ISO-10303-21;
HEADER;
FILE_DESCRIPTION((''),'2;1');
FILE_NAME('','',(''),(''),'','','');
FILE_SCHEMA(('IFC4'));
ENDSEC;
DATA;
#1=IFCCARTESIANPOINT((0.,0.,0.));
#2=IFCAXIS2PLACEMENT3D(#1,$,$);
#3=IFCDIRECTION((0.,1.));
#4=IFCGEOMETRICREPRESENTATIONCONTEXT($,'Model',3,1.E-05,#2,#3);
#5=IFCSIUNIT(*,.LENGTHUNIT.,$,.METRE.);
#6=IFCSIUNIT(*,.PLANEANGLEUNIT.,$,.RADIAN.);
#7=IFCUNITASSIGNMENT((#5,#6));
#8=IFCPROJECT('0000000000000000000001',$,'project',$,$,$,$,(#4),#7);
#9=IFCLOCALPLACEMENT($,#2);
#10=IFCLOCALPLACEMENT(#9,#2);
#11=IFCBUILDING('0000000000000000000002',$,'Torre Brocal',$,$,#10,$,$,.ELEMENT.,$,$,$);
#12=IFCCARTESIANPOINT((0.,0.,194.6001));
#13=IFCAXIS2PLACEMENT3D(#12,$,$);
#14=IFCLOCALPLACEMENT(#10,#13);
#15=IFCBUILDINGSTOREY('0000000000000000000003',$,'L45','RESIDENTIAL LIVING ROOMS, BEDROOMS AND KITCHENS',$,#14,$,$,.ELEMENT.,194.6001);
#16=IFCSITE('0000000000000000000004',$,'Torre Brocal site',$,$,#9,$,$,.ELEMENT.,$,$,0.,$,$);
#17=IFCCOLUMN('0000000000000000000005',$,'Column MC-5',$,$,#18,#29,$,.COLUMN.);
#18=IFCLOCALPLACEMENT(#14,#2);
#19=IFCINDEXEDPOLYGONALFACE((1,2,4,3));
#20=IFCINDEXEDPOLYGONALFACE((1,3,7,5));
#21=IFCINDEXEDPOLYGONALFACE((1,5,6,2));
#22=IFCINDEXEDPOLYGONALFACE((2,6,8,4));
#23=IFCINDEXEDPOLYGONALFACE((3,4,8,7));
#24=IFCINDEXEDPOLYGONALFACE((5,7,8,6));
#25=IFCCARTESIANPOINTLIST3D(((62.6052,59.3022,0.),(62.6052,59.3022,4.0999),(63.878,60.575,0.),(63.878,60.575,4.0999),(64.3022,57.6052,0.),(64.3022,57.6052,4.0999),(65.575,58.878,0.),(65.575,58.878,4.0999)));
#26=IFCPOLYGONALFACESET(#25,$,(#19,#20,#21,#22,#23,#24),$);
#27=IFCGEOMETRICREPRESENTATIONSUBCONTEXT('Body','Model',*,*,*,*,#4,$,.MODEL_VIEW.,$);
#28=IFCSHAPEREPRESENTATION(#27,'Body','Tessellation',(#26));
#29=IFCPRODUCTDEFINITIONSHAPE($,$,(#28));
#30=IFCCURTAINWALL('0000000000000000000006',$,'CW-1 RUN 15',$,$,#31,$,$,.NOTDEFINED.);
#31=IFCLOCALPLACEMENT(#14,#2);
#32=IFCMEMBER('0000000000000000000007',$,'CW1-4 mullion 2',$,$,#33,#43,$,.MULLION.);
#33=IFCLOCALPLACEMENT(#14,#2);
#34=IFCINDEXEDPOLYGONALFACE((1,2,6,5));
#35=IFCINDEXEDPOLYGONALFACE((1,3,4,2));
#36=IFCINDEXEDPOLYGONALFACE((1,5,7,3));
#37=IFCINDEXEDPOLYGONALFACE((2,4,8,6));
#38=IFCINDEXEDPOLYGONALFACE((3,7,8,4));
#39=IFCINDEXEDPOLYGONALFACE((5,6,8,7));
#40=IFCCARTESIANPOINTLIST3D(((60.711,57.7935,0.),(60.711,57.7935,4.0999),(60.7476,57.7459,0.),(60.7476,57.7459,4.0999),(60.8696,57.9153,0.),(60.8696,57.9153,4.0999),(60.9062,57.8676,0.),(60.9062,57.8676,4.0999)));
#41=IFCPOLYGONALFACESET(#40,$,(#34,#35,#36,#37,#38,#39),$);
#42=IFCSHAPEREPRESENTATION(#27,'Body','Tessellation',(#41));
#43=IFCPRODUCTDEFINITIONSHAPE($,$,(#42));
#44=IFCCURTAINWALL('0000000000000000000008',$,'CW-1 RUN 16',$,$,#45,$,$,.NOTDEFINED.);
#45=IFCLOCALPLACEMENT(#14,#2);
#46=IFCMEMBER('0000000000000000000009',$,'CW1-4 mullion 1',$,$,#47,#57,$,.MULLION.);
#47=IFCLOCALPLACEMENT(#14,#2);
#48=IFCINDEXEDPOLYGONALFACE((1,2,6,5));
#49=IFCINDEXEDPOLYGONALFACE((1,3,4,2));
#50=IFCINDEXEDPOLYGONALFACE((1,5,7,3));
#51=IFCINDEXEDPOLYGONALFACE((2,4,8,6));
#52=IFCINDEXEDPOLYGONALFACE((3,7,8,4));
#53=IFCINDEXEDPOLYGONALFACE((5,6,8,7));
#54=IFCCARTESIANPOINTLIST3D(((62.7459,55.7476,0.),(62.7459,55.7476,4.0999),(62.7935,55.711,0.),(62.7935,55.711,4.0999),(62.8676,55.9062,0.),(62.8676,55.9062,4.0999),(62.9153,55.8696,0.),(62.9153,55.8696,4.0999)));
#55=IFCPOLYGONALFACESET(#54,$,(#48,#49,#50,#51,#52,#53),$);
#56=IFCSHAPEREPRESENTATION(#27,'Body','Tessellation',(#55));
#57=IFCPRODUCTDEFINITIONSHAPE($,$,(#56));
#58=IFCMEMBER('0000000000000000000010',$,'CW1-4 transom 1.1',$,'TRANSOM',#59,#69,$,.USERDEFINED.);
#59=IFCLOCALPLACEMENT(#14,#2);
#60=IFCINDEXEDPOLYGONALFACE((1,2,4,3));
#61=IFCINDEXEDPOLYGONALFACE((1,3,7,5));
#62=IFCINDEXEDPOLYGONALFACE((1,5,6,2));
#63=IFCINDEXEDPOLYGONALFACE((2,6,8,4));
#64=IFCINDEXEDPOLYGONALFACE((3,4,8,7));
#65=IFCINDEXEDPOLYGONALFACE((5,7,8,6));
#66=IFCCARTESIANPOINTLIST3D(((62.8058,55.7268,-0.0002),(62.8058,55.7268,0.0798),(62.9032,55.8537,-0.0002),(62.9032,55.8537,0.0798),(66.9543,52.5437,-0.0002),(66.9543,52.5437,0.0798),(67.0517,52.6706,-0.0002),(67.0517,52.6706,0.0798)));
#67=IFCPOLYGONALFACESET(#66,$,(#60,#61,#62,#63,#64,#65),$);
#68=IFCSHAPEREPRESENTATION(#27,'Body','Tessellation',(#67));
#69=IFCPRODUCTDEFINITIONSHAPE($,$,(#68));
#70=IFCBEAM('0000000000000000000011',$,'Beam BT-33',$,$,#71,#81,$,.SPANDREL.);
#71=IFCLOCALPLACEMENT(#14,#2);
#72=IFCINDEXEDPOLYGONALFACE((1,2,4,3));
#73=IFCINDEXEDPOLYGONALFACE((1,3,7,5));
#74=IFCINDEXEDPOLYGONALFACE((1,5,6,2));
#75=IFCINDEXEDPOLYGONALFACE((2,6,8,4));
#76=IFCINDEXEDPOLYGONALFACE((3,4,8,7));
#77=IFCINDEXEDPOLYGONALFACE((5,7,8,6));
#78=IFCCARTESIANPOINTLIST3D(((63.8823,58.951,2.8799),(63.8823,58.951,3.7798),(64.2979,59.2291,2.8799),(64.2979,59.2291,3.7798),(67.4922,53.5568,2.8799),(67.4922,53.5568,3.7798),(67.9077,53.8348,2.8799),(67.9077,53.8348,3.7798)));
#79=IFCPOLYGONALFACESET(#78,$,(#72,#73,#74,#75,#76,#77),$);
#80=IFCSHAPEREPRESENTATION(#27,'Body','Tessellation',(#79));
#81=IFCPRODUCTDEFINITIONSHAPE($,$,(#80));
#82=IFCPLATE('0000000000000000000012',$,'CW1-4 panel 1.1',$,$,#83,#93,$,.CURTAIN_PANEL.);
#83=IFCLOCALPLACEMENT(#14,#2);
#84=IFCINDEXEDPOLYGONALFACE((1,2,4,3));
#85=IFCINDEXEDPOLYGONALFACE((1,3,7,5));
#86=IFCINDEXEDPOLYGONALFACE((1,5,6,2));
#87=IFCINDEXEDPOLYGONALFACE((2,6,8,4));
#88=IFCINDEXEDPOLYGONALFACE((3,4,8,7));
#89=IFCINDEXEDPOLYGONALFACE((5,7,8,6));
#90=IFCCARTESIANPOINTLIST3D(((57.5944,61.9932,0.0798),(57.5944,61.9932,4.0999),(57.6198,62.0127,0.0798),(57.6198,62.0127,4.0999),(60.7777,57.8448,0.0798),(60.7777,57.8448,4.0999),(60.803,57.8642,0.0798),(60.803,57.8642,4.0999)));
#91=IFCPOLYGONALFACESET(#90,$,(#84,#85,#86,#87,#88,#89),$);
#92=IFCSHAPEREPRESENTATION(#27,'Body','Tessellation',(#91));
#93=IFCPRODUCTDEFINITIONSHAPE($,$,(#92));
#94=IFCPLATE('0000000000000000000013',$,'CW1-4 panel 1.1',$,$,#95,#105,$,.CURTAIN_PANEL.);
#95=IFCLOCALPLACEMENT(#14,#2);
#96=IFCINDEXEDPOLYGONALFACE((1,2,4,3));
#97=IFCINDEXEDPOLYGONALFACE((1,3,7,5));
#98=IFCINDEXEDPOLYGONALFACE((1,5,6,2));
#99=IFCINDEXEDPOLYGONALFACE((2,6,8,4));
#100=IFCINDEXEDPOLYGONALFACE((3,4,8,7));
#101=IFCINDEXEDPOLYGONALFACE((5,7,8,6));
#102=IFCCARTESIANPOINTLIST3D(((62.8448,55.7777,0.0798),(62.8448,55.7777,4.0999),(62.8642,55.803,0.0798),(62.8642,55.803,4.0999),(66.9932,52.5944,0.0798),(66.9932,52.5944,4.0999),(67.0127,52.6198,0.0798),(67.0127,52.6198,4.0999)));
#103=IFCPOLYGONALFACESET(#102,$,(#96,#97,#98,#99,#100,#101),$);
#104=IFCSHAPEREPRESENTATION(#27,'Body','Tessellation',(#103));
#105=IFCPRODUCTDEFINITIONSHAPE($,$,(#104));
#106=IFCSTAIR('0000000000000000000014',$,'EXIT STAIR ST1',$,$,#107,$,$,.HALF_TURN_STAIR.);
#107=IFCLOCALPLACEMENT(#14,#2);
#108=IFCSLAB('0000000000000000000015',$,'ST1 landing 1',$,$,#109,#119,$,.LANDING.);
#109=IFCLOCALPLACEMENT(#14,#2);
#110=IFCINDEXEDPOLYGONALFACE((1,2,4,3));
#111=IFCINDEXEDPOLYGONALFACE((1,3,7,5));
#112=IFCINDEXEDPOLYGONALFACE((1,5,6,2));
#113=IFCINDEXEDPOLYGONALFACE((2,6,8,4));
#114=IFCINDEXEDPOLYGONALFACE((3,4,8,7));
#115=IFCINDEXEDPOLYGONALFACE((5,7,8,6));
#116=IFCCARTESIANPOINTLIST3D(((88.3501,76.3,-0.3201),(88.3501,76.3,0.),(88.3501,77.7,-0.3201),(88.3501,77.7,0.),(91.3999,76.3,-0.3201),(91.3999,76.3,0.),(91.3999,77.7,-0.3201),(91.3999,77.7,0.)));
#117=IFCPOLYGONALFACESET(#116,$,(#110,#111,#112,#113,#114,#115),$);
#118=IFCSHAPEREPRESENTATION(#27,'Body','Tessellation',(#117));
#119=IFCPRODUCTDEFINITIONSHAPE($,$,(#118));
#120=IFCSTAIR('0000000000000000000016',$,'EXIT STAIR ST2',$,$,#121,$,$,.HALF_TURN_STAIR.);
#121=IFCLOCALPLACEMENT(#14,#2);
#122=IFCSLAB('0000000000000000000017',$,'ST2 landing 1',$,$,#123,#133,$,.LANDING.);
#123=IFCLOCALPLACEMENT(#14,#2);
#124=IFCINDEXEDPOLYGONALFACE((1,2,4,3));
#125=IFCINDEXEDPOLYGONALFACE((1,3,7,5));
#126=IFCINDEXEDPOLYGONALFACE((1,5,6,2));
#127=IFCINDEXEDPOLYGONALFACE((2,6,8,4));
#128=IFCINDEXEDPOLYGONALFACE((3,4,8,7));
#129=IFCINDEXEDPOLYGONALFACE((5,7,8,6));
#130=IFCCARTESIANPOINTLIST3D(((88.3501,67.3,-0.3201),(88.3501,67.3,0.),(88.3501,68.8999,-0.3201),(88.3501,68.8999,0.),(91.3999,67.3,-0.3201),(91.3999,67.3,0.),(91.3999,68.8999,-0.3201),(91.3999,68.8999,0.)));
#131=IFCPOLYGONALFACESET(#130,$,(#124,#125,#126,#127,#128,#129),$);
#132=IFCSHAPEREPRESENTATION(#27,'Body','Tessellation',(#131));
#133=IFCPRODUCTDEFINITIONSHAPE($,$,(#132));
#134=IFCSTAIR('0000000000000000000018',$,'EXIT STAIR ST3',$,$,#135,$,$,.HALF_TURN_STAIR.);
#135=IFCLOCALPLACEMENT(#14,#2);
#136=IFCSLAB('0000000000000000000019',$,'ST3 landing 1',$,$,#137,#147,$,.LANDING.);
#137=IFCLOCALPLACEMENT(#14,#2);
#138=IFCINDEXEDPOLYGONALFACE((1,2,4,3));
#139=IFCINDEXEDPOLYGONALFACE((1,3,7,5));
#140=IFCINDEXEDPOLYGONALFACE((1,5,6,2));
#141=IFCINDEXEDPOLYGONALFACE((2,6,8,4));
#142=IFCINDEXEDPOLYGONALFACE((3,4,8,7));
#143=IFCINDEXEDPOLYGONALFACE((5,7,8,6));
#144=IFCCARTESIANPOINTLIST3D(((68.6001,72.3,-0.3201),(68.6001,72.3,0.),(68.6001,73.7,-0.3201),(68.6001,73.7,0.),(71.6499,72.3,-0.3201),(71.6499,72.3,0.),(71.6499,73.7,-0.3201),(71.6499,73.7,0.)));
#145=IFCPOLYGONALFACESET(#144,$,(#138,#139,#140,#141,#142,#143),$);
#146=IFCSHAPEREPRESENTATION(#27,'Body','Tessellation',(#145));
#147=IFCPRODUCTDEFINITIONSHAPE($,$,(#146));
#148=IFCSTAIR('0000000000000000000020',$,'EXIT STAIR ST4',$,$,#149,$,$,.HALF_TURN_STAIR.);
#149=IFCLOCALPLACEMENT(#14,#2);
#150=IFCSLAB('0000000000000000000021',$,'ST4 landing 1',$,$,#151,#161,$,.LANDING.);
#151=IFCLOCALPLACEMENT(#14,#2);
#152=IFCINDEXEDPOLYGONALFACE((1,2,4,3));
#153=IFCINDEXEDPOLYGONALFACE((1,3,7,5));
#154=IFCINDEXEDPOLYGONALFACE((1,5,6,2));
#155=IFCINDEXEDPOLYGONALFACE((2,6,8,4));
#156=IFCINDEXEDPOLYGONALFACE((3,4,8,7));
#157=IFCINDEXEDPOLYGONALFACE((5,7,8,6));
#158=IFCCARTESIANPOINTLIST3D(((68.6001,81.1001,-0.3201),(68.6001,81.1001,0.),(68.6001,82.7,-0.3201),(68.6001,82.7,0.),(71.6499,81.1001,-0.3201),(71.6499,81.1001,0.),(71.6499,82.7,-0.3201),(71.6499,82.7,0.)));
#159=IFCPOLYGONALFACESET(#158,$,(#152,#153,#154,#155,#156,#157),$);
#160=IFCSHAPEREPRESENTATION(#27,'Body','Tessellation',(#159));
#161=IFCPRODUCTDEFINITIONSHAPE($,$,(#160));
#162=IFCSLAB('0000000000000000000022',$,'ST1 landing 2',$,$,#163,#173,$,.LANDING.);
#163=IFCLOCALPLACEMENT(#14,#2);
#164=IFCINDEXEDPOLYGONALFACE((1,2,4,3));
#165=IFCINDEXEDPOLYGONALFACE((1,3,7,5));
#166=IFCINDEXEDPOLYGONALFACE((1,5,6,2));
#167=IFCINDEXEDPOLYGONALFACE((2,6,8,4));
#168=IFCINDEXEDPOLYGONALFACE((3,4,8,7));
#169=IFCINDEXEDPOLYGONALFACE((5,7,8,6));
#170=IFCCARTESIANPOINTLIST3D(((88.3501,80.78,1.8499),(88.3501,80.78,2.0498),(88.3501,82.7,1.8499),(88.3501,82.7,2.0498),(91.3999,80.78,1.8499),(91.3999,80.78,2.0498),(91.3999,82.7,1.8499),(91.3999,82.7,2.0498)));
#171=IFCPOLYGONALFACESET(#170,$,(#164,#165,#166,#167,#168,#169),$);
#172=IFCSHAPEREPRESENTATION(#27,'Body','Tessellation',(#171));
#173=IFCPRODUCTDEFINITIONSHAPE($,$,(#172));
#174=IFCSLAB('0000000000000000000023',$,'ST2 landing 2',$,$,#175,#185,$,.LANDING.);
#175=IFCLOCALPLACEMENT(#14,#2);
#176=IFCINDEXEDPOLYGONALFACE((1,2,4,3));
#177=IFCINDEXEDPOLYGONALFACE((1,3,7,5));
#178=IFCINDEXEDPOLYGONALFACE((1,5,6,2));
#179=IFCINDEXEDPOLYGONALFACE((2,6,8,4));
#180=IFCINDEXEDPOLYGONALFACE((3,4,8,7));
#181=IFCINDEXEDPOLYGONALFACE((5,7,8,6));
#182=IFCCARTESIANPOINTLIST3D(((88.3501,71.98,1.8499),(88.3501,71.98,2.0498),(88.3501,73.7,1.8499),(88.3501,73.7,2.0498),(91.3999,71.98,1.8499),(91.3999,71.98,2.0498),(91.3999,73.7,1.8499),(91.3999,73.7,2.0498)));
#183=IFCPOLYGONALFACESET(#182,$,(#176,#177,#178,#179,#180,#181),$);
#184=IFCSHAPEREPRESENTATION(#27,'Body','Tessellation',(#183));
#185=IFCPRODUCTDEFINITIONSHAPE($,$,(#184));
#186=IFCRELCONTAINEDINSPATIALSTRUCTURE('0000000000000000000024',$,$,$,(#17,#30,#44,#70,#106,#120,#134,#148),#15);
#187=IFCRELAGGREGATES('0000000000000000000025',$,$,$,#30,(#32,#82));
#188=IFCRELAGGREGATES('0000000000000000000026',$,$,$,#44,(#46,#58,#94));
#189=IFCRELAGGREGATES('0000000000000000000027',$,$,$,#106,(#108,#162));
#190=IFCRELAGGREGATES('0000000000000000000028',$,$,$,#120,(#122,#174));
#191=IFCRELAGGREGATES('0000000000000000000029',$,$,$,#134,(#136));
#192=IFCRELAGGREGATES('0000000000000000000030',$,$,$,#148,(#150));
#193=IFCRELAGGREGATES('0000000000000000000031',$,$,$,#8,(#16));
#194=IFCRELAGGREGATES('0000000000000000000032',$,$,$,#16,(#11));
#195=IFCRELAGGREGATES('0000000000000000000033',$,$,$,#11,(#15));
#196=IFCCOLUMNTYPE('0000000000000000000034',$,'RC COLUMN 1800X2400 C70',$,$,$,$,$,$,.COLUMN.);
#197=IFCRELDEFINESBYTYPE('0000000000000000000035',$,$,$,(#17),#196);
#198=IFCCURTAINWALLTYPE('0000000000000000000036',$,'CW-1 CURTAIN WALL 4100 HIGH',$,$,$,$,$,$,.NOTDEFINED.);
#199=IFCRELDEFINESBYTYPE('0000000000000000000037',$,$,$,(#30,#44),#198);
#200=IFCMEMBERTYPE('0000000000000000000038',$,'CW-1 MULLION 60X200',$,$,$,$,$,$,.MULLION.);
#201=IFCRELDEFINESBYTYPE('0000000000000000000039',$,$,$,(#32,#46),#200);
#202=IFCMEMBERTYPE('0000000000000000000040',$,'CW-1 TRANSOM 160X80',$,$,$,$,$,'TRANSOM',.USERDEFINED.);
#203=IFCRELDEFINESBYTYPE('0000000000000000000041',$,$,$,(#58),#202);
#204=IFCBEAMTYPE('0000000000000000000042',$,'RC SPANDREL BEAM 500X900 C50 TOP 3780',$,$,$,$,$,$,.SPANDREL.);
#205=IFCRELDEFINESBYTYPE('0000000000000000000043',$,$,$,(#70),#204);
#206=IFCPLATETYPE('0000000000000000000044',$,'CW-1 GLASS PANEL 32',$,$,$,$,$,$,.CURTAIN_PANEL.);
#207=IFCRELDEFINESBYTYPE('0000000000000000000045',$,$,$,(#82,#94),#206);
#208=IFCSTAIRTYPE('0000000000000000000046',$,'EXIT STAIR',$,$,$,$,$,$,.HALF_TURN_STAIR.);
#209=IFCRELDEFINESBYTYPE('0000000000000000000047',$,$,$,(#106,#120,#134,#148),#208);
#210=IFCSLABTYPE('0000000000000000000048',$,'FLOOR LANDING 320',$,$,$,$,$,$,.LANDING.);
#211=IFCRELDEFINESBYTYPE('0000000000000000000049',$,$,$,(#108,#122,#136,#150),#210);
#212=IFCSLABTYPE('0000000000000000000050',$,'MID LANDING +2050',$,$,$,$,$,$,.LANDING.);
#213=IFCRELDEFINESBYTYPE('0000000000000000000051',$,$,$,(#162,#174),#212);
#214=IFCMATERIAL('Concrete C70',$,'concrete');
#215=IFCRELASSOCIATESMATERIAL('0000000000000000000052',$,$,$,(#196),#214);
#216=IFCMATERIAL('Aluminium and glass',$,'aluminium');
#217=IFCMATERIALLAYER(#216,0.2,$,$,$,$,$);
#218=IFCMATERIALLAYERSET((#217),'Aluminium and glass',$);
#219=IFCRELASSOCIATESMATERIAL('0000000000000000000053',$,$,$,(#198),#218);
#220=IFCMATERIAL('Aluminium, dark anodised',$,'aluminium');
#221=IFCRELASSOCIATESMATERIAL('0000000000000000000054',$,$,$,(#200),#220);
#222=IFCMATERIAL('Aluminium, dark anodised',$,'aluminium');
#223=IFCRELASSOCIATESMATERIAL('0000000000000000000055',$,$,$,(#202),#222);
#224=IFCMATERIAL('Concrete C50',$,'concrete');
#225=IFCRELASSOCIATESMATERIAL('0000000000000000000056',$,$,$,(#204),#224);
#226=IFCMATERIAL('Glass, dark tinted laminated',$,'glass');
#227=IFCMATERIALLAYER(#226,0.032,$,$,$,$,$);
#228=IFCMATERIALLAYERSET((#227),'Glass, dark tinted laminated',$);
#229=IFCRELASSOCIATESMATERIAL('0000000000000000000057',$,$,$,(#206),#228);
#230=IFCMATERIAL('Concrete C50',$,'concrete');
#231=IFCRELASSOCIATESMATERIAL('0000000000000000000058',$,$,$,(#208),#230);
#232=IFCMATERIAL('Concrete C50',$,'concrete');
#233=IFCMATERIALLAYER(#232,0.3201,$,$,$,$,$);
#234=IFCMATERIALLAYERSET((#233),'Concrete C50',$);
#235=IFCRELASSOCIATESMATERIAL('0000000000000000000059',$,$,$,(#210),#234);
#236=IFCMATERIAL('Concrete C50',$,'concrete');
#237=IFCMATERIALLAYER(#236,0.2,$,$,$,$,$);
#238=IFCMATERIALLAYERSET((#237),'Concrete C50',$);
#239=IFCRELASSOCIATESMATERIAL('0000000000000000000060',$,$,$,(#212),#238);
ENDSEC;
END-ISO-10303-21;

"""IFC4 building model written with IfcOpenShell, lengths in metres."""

from ifc_helpers import new_model, si_unit, direction, frame, origin, origin_2d, place, context, subcontext, project, spatial, polyline, rectangle, outline, extrude, material, layer, layer_set, material_profile, profile_set, type_object, element, aggregate, save


model = new_model("IFC4")

# Units and contexts
model_context = context("Model", 3, precision=1e-05, world=origin(), true_north=direction((0.0, 1.0)))
body_context = subcontext(model_context, "Body", "Model", "MODEL_VIEW")
ifc_project = project(units=[si_unit("LENGTHUNIT", "METRE"), si_unit("PLANEANGLEUNIT", "RADIAN")], contexts=[model_context])

# Site, building, storey
site_placement = place(None, origin())
site = spatial("IfcSite", under=ifc_project, at=site_placement, Name="Torre Brocal site", CompositionType="ELEMENT", RefElevation=0.0)
building_placement = place(site_placement, origin())
building = spatial("IfcBuilding", under=site, at=building_placement, Name="Torre Brocal", CompositionType="ELEMENT")
storey_placement = place(building_placement, frame((0.0, 0.0, 194.6001)))
storey = spatial("IfcBuildingStorey", under=building, at=storey_placement, Name="L45", Description="RESIDENTIAL LIVING ROOMS, BEDROOMS AND KITCHENS", CompositionType="ELEMENT", Elevation=194.6001)

# Column
ifc_material_1 = material(Name="Concrete C70", Category="concrete")
ifc_material_profile_1 = material_profile(ifc_material_1, rectangle(XDim=1.8, YDim=2.3999, at=origin_2d()), Name="RC 1800X2400")
ifc_profile_set_1 = profile_set([ifc_material_profile_1], Name="Concrete C70")
column_type = type_object("IfcColumnType", Name="RC COLUMN 1800X2400 C70", PredefinedType="COLUMN", material=ifc_profile_set_1)
column_placement = place(storey_placement, frame((64.0901, 59.0901, 0.0), z_axis=(0.0, 0.0, 1.0), x_axis=(-0.707107, -0.707107, 0.0)))
element("IfcColumn", 1, at=column_placement, inside=storey, type_object=column_type, Name="Column MC-5", PredefinedType="COLUMN", context=body_context, shape_type="SweptSolid", body=[
    extrude(rectangle(XDim=1.8, YDim=2.3999, at=origin_2d()), origin(), (0.0, 0.0, 1.0), 4.0999),
])

# Curtain wall, member
ifc_material_2 = material(Name="Aluminium and glass", Category="aluminium")
ifc_layer_1 = layer(ifc_material_2, 0.2)
ifc_layer_set_1 = layer_set([ifc_layer_1], Name="Aluminium and glass")
curtain_wall_type = type_object("IfcCurtainWallType", Name="CW-1 CURTAIN WALL 4100 HIGH", PredefinedType="NOTDEFINED", material=ifc_layer_set_1)
curtain_wall_1_placement = place(storey_placement, origin())
curtain_wall_1 = element("IfcCurtainWall", 2, at=curtain_wall_1_placement, inside=storey, type_object=curtain_wall_type, Name="CW-1 RUN 15", PredefinedType="NOTDEFINED")
ifc_material_3 = material(Name="Aluminium, dark anodised", Category="aluminium")
ifc_material_profile_2 = material_profile(ifc_material_3, rectangle(XDim=0.2, YDim=0.0601, at=origin_2d()), Name="CW-1 MULLION 60X200")
ifc_profile_set_2 = profile_set([ifc_material_profile_2], Name="Aluminium, dark anodised")
member_type_1 = type_object("IfcMemberType", Name="CW-1 MULLION 60X200", PredefinedType="MULLION", material=ifc_profile_set_2)
member_1_placement = place(storey_placement, frame((60.8086, 57.8306, 0.0), z_axis=(0.0, 0.0, 1.0), x_axis=(0.793353, 0.608761, 0.0)))
member_1 = element("IfcMember", 3, at=member_1_placement, type_object=member_type_1, Name="CW1-4 mullion 2", PredefinedType="MULLION", context=body_context, shape_type="SweptSolid", body=[
    extrude(rectangle(XDim=0.2, YDim=0.0601, at=origin_2d()), origin(), (0.0, 0.0, 1.0), 4.0999),
])

# Curtain wall, members
curtain_wall_2_placement = place(storey_placement, origin())
curtain_wall_2 = element("IfcCurtainWall", 4, at=curtain_wall_2_placement, inside=storey, type_object=curtain_wall_type, Name="CW-1 RUN 16", PredefinedType="NOTDEFINED")
member_2_placement = place(storey_placement, frame((62.8306, 55.8086, 0.0), z_axis=(0.0, 0.0, 1.0), x_axis=(0.608761, 0.793353, 0.0)))
member_2 = element("IfcMember", 5, at=member_2_placement, type_object=member_type_1, Name="CW1-4 mullion 1", PredefinedType="MULLION", context=body_context, shape_type="SweptSolid", body=[
    extrude(rectangle(XDim=0.2, YDim=0.0601, at=origin_2d()), origin(), (0.0, 0.0, 1.0), 4.0999),
])
ifc_material_4 = material(Name="Aluminium, dark anodised", Category="aluminium")
ifc_material_profile_3 = material_profile(ifc_material_4, rectangle(XDim=0.1599, YDim=0.0801, at=origin_2d()), Name="CW-1 TRANSOM 160X80")
ifc_profile_set_3 = profile_set([ifc_material_profile_3], Name="Aluminium, dark anodised")
member_type_2 = type_object("IfcMemberType", Name="CW-1 TRANSOM 160X80", ElementType="TRANSOM", PredefinedType="USERDEFINED", material=ifc_profile_set_3)
member_3_placement = place(storey_placement, frame((62.8545, 55.7903, 0.0398), z_axis=(0.793363, -0.608749, 0.0), x_axis=(0.608749, 0.793363, 0.0)))
member_3 = element("IfcMember", 6, at=member_3_placement, type_object=member_type_2, Name="CW1-4 transom 1.1", ObjectType="TRANSOM", PredefinedType="USERDEFINED", context=body_context, shape_type="SweptSolid", body=[
    extrude(rectangle(XDim=0.1599, YDim=0.0801, at=origin_2d()), origin(), (0.0, 0.0, 1.0), 5.229),
])

# Beam
ifc_material_5 = material(Name="Concrete C50", Category="concrete")
ifc_material_profile_4 = material_profile(ifc_material_5, rectangle(XDim=0.5, YDim=0.8999, at=origin_2d()), Name="RC 500X900")
ifc_profile_set_4 = profile_set([ifc_material_profile_4], Name="Concrete C50")
beam_type = type_object("IfcBeamType", Name="RC SPANDREL BEAM 500X900 C50 TOP 3780", PredefinedType="SPANDREL", material=ifc_profile_set_4)
beam_placement = place(storey_placement, frame((64.0901, 59.0901, 3.3298), z_axis=(0.556158, -0.831077, 0.0), x_axis=(0.831077, 0.556158, 0.0)))
element("IfcBeam", 7, at=beam_placement, inside=storey, type_object=beam_type, Name="Beam BT-33", PredefinedType="SPANDREL", context=body_context, shape_type="SweptSolid", body=[
    extrude(rectangle(XDim=0.5, YDim=0.8999, at=origin_2d()), origin(), (0.0, 0.0, 1.0), 6.4907),
])

# Plates
ifc_material_6 = material(Name="Glass, dark tinted laminated", Category="glass")
ifc_layer_2 = layer(ifc_material_6, 0.032)
ifc_layer_set_2 = layer_set([ifc_layer_2], Name="Glass, dark tinted laminated")
plate_type = type_object("IfcPlateType", Name="CW-1 GLASS PANEL 32", PredefinedType="CURTAIN_PANEL", material=ifc_layer_set_2)
plate_1_placement = place(storey_placement, frame((59.1987, 59.9287, 0.0798), z_axis=(0.0, 0.0, 1.0), x_axis=(0.608761, -0.793353, 0.0)))
plate_1 = element("IfcPlate", 8, at=plate_1_placement, type_object=plate_type, Name="CW1-4 panel 1.1", PredefinedType="CURTAIN_PANEL", context=body_context, shape_type="SweptSolid", body=[
    extrude(rectangle(XDim=5.229, YDim=0.032, at=origin_2d()), origin(), (0.0, 0.0, 1.0), 4.02),
])
aggregate(curtain_wall_1, [member_1, plate_1])
plate_2_placement = place(storey_placement, frame((64.9287, 54.1987, 0.0798), z_axis=(0.0, 0.0, 1.0), x_axis=(0.793353, -0.608761, 0.0)))
plate_2 = element("IfcPlate", 9, at=plate_2_placement, type_object=plate_type, Name="CW1-4 panel 1.1", PredefinedType="CURTAIN_PANEL", context=body_context, shape_type="SweptSolid", body=[
    extrude(rectangle(XDim=5.229, YDim=0.032, at=origin_2d()), origin(), (0.0, 0.0, 1.0), 4.02),
])
aggregate(curtain_wall_2, [member_2, member_3, plate_2])

# Stairs, slabs
ifc_material_7 = material(Name="Concrete C50", Category="concrete")
stair_type = type_object("IfcStairType", Name="EXIT STAIR", PredefinedType="HALF_TURN_STAIR", material=ifc_material_7)
stair_1_placement = place(storey_placement, origin())
stair_1 = element("IfcStair", 10, at=stair_1_placement, inside=storey, type_object=stair_type, Name="EXIT STAIR ST1", PredefinedType="HALF_TURN_STAIR")
ifc_material_8 = material(Name="Concrete C50", Category="concrete")
ifc_layer_3 = layer(ifc_material_8, 0.3201)
ifc_layer_set_3 = layer_set([ifc_layer_3], Name="Concrete C50")
slab_type_1 = type_object("IfcSlabType", Name="FLOOR LANDING 320", PredefinedType="LANDING", material=ifc_layer_set_3)
slab_1_placement = place(storey_placement, frame((0.0, 0.0, -0.3201)))
slab_1 = element("IfcSlab", 11, at=slab_1_placement, type_object=slab_type_1, Name="ST1 landing 1", PredefinedType="LANDING", context=body_context, shape_type="SweptSolid", body=[
    extrude(outline(polyline([(88.3501, 76.3), (91.3999, 76.3), (91.3999, 77.7), (88.3501, 77.7), (88.3501, 76.3)])), origin(), (0.0, 0.0, 1.0), 0.3201),
])
stair_2_placement = place(storey_placement, origin())
stair_2 = element("IfcStair", 12, at=stair_2_placement, inside=storey, type_object=stair_type, Name="EXIT STAIR ST2", PredefinedType="HALF_TURN_STAIR")
slab_2_placement = place(storey_placement, frame((0.0, 0.0, -0.3201)))
slab_2 = element("IfcSlab", 13, at=slab_2_placement, type_object=slab_type_1, Name="ST2 landing 1", PredefinedType="LANDING", context=body_context, shape_type="SweptSolid", body=[
    extrude(outline(polyline([(88.3501, 67.3), (91.3999, 67.3), (91.3999, 68.8999), (88.3501, 68.8999), (88.3501, 67.3)])), origin(), (0.0, 0.0, 1.0), 0.3201),
])
stair_3_placement = place(storey_placement, origin())
stair_3 = element("IfcStair", 14, at=stair_3_placement, inside=storey, type_object=stair_type, Name="EXIT STAIR ST3", PredefinedType="HALF_TURN_STAIR")
slab_3_placement = place(storey_placement, frame((0.0, 0.0, -0.3201)))
slab_3 = element("IfcSlab", 15, at=slab_3_placement, type_object=slab_type_1, Name="ST3 landing 1", PredefinedType="LANDING", context=body_context, shape_type="SweptSolid", body=[
    extrude(outline(polyline([(71.6499, 73.7), (68.6001, 73.7), (68.6001, 72.3), (71.6499, 72.3), (71.6499, 73.7)])), origin(), (0.0, 0.0, 1.0), 0.3201),
])
stair_4_placement = place(storey_placement, origin())
stair_4 = element("IfcStair", 16, at=stair_4_placement, inside=storey, type_object=stair_type, Name="EXIT STAIR ST4", PredefinedType="HALF_TURN_STAIR")
slab_4_placement = place(storey_placement, frame((0.0, 0.0, -0.3201)))
slab_4 = element("IfcSlab", 17, at=slab_4_placement, type_object=slab_type_1, Name="ST4 landing 1", PredefinedType="LANDING", context=body_context, shape_type="SweptSolid", body=[
    extrude(outline(polyline([(71.6499, 82.7), (68.6001, 82.7), (68.6001, 81.1001), (71.6499, 81.1001), (71.6499, 82.7)])), origin(), (0.0, 0.0, 1.0), 0.3201),
])

# Slabs
ifc_material_9 = material(Name="Concrete C50", Category="concrete")
ifc_layer_4 = layer(ifc_material_9, 0.2)
ifc_layer_set_4 = layer_set([ifc_layer_4], Name="Concrete C50")
slab_type_2 = type_object("IfcSlabType", Name="MID LANDING +2050", PredefinedType="LANDING", material=ifc_layer_set_4)
slab_5_placement = place(storey_placement, frame((0.0, 0.0, 1.8499)))
slab_5 = element("IfcSlab", 18, at=slab_5_placement, type_object=slab_type_2, Name="ST1 landing 2", PredefinedType="LANDING", context=body_context, shape_type="SweptSolid", body=[
    extrude(outline(polyline([(88.3501, 80.78), (91.3999, 80.78), (91.3999, 82.7), (88.3501, 82.7), (88.3501, 80.78)])), origin(), (0.0, 0.0, 1.0), 0.2),
])
aggregate(stair_1, [slab_1, slab_5])
slab_6_placement = place(storey_placement, frame((0.0, 0.0, 1.8499)))
slab_6 = element("IfcSlab", 19, at=slab_6_placement, type_object=slab_type_2, Name="ST2 landing 2", PredefinedType="LANDING", context=body_context, shape_type="SweptSolid", body=[
    extrude(outline(polyline([(88.3501, 71.98), (91.3999, 71.98), (91.3999, 73.7), (88.3501, 73.7), (88.3501, 71.98)])), origin(), (0.0, 0.0, 1.0), 0.2),
])
aggregate(stair_2, [slab_2, slab_6])
aggregate(stair_3, [slab_3])
aggregate(stair_4, [slab_4])

save(model, "model.ifc")
